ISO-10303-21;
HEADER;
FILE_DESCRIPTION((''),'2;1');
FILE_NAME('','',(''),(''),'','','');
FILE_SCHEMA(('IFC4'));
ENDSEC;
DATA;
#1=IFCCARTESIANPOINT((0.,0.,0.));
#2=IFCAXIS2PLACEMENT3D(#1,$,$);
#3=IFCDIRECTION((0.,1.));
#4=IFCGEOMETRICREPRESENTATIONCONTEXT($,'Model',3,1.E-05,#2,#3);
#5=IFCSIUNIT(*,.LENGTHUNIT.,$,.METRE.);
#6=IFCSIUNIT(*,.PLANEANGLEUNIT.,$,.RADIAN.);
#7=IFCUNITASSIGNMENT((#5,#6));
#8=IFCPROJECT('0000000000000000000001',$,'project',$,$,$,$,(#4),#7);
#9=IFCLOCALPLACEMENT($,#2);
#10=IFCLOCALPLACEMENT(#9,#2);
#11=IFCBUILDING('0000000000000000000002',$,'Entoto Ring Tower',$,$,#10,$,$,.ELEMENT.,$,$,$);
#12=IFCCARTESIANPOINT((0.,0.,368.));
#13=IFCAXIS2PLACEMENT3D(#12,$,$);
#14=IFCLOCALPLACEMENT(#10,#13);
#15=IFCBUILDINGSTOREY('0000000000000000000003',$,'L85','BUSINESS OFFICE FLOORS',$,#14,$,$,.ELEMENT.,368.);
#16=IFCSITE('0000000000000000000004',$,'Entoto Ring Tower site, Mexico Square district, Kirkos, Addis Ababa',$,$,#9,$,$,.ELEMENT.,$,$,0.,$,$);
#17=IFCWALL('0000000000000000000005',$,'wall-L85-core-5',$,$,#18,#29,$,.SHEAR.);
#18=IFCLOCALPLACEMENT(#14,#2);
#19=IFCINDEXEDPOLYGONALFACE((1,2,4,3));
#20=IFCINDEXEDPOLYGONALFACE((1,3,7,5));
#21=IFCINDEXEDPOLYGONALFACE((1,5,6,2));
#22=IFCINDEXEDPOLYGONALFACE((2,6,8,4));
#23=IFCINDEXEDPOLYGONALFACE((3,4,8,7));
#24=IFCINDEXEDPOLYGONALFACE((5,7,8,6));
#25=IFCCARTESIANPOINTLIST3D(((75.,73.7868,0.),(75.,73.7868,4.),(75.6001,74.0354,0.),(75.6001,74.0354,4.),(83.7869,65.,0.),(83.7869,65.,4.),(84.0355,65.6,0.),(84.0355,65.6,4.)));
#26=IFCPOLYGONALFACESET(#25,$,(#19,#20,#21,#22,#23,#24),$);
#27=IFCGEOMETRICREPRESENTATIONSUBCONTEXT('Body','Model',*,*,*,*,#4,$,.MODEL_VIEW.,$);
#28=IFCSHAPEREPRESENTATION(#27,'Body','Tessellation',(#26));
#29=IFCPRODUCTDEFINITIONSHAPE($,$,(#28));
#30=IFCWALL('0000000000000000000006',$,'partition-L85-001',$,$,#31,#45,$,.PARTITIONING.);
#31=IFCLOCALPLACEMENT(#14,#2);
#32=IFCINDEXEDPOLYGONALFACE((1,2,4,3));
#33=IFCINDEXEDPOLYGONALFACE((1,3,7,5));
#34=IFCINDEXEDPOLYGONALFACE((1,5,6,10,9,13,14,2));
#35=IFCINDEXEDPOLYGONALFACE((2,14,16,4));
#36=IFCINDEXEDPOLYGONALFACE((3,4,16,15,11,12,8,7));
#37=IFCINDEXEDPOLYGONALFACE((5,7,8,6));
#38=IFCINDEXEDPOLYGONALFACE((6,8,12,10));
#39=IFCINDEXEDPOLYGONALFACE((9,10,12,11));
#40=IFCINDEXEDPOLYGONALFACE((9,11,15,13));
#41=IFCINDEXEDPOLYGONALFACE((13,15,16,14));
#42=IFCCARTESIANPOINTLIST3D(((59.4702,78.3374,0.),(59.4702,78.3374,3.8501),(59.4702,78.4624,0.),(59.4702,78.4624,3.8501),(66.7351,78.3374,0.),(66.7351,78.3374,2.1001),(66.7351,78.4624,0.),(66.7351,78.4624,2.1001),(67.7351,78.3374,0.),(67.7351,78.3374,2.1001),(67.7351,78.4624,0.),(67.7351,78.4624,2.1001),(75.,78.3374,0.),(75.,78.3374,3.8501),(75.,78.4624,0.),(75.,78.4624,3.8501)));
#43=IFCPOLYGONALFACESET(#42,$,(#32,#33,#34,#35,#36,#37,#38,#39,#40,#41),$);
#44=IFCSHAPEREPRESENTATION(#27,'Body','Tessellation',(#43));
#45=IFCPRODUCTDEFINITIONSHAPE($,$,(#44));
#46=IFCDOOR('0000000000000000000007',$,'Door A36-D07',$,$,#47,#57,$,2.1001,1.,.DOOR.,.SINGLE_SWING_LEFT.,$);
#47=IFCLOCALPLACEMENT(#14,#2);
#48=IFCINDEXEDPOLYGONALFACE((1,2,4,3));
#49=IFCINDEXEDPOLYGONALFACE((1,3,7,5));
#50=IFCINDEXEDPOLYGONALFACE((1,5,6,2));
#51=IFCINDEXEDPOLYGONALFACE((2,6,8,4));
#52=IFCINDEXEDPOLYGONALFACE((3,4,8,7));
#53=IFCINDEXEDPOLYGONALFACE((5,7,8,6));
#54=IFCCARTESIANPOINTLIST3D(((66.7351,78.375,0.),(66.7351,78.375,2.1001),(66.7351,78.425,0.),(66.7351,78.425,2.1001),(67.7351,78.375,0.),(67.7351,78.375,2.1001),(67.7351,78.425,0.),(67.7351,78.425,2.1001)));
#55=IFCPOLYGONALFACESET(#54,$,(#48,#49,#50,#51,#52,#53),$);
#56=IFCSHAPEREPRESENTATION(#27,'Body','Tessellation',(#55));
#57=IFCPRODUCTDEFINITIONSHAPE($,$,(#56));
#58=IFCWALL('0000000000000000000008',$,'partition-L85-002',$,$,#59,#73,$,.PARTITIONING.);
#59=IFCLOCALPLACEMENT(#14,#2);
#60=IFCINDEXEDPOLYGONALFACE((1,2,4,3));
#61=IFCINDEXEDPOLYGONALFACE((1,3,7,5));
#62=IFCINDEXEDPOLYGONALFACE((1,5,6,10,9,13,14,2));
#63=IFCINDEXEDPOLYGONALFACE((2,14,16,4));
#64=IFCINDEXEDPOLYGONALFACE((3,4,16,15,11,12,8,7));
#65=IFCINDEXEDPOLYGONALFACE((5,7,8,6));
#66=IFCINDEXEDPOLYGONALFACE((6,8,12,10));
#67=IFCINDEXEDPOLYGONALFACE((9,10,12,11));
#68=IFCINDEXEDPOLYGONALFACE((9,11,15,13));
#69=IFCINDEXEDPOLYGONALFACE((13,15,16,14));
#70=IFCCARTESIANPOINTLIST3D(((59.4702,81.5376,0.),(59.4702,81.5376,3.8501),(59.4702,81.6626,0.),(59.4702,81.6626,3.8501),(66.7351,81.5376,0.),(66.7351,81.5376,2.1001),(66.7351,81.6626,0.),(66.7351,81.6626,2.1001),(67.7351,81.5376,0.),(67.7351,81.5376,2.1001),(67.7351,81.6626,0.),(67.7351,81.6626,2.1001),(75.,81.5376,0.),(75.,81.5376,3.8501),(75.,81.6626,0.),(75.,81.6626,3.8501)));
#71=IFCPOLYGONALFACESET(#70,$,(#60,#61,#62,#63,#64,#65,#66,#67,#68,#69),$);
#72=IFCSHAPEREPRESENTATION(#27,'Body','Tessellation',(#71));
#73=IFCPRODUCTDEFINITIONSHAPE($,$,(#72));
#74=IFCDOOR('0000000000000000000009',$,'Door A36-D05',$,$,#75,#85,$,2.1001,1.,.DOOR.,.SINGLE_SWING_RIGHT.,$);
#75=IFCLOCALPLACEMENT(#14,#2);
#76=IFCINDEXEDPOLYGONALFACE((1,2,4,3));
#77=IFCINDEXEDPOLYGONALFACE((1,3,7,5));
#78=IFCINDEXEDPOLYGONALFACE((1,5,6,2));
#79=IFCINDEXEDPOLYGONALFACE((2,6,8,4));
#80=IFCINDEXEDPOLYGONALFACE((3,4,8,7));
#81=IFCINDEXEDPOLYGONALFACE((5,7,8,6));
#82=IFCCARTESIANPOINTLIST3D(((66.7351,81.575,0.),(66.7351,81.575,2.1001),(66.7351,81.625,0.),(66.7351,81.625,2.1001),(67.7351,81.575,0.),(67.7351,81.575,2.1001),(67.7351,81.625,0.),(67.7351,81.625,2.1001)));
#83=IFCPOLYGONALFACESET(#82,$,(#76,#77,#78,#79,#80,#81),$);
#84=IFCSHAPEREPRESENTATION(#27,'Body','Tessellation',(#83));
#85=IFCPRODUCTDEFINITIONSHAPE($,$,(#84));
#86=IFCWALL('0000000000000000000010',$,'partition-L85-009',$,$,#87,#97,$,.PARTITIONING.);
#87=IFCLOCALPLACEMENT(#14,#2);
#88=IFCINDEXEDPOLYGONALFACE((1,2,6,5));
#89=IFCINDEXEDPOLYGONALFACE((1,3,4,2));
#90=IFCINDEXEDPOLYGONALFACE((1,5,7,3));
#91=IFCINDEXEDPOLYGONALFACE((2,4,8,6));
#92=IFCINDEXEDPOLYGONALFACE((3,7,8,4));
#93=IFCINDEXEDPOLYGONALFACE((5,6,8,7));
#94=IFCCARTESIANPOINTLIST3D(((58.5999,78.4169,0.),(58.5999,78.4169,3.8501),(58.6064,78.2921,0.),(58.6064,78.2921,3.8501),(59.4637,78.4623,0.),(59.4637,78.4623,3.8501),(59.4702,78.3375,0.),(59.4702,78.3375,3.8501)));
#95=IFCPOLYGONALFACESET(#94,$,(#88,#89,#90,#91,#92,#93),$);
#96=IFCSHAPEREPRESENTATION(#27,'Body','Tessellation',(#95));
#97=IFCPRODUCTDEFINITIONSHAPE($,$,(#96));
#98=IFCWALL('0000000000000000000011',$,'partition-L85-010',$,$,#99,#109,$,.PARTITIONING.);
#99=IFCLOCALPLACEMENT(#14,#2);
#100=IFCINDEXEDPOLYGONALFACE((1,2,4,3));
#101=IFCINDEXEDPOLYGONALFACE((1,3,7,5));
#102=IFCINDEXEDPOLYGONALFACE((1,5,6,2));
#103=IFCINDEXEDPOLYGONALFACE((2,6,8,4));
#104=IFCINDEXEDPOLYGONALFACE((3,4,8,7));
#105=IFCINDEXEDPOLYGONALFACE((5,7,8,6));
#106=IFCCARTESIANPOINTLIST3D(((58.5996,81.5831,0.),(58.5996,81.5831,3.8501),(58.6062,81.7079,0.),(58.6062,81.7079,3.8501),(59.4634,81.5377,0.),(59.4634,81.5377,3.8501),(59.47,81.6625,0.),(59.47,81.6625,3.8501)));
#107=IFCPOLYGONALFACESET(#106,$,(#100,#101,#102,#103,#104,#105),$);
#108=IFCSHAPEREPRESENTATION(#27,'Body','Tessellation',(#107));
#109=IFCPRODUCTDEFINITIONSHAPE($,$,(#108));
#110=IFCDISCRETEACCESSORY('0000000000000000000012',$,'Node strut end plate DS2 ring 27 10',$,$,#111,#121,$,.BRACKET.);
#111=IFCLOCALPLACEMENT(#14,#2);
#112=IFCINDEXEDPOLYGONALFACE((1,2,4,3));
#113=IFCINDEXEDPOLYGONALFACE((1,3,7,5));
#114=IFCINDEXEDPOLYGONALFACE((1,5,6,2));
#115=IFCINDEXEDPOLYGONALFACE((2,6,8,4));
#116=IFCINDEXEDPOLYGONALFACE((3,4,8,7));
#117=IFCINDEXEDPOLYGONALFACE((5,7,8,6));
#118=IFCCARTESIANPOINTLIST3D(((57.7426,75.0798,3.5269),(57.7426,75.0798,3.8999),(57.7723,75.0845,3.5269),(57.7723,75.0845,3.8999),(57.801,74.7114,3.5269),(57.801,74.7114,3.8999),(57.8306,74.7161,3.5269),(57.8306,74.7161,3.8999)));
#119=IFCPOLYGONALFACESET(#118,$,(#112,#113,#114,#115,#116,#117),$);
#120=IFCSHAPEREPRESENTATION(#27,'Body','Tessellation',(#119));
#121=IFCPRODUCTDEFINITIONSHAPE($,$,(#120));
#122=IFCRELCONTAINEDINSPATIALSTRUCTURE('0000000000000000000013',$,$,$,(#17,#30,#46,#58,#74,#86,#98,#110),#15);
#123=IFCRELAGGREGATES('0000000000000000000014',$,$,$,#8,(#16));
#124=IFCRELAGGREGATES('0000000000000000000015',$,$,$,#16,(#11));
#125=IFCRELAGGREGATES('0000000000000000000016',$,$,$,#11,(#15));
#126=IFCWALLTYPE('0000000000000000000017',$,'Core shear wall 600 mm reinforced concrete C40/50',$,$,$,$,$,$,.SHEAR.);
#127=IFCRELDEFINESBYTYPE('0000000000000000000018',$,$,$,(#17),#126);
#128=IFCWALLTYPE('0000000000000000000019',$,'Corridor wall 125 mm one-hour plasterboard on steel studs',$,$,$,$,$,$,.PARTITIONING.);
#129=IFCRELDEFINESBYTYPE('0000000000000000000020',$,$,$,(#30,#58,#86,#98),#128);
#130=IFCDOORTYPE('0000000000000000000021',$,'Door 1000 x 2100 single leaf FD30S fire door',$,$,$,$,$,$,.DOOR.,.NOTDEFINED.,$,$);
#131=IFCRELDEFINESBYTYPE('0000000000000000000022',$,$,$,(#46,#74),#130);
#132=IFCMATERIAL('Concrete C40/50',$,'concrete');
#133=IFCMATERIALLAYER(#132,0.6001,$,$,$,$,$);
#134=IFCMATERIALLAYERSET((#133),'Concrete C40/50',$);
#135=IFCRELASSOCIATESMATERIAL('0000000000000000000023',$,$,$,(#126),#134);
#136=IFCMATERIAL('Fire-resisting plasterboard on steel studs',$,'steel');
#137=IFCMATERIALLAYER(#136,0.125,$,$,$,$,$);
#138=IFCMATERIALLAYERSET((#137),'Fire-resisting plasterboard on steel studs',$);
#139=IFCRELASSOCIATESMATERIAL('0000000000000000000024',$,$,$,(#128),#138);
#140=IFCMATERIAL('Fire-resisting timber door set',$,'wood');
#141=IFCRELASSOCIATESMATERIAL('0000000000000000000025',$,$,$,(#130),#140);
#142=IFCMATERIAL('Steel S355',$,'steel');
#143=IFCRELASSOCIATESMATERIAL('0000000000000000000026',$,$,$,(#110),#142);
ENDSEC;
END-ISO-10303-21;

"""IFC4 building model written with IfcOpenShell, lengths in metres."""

from ifc_helpers import new_model, si_unit, direction, frame, frame_2d, origin, origin_2d, place, context, subcontext, project, spatial, polyline, rectangle, outline, extrude, material, layer, layer_set, type_object, element, fill, save


model = new_model("IFC4")

# Units and contexts
model_context = context("Model", 3, precision=1e-05, world=origin(), true_north=direction((0.0, 1.0)))
body_context = subcontext(model_context, "Body", "Model", "MODEL_VIEW")
ifc_project = project(units=[si_unit("LENGTHUNIT", "METRE"), si_unit("PLANEANGLEUNIT", "RADIAN")], contexts=[model_context])

# Site, building, storey
site_placement = place(None, origin())
site = spatial("IfcSite", under=ifc_project, at=site_placement, Name="Entoto Ring Tower site, Mexico Square district, Kirkos, Addis Ababa", CompositionType="ELEMENT", RefElevation=0.0)
building_placement = place(site_placement, origin())
building = spatial("IfcBuilding", under=site, at=building_placement, Name="Entoto Ring Tower", CompositionType="ELEMENT")
storey_placement = place(building_placement, frame((0.0, 0.0, 368.0)))
storey = spatial("IfcBuildingStorey", under=building, at=storey_placement, Name="L85", Description="BUSINESS OFFICE FLOORS", CompositionType="ELEMENT", Elevation=368.0)

# Wall
ifc_material_1 = material(Name="Concrete C40/50", Category="concrete")
ifc_layer_1 = layer(ifc_material_1, 0.6001)
ifc_layer_set_1 = layer_set([ifc_layer_1], Name="Concrete C40/50")
wall_type_1 = type_object("IfcWallType", Name="Core shear wall 600 mm reinforced concrete C40/50", PredefinedType="SHEAR", material=ifc_layer_set_1)
wall_1_placement = place(storey_placement, frame((75.3, 73.9111, 0.0), z_axis=(0.0, 0.0, 1.0), x_axis=(0.707107, -0.707107, 0.0)))
element("IfcWall", 1, at=wall_1_placement, inside=storey, type_object=wall_type_1, Name="wall-L85-core-5", PredefinedType="SHEAR", context=body_context, shape_type="SweptSolid", body=[
    extrude(outline(polyline([(-0.1243, -0.3), (12.3022, -0.3), (12.0537, 0.3), (0.1243, 0.3), (-0.1243, -0.3)])), origin(), (0.0, 0.0, 1.0), 4.0),
])

# Walls, openings, doors
ifc_material_2 = material(Name="Fire-resisting plasterboard on steel studs", Category="steel")
ifc_layer_2 = layer(ifc_material_2, 0.125)
ifc_layer_set_2 = layer_set([ifc_layer_2], Name="Fire-resisting plasterboard on steel studs")
wall_type_2 = type_object("IfcWallType", Name="Corridor wall 125 mm one-hour plasterboard on steel studs", PredefinedType="PARTITIONING", material=ifc_layer_set_2)
wall_2_placement = place(storey_placement, frame((59.4702, 78.3999, 0.0), z_axis=(0.0, 0.0, 1.0), x_axis=(1.0, 0.0, 0.0)))
wall_2 = element("IfcWall", 2, at=wall_2_placement, inside=storey, type_object=wall_type_2, Name="partition-L85-001", PredefinedType="PARTITIONING", context=body_context, shape_type="SweptSolid", body=[
    extrude(rectangle(XDim=15.5298, YDim=0.125, at=frame_2d((7.7649, 0.0))), origin(), (0.0, 0.0, 1.0), 3.8501),
])
opening_1_placement = place(wall_2_placement, frame((7.2649, 0.0, 0.0)))
opening_1 = element("IfcOpeningElement", 3, at=opening_1_placement, cuts=wall_2, PredefinedType="OPENING", context=body_context, shape_type="SweptSolid", body=[
    extrude(rectangle(XDim=1.0, YDim=2.1001, at=frame_2d((0.5, 1.05))), frame((0.0, 0.0725, 0.0), z_axis=(0.0, -1.0, 0.0), x_axis=(1.0, 0.0, 0.0)), (0.0, 0.0, 1.0), 0.145),
])
ifc_material_3 = material(Name="Fire-resisting timber door set", Category="wood")
door_type = type_object("IfcDoorType", Name="Door 1000 x 2100 single leaf FD30S fire door", OperationType="NOTDEFINED", PredefinedType="DOOR", material=ifc_material_3)
door_1_placement = place(opening_1_placement, frame((1.0, 0.0, 0.0), z_axis=(0.0, 0.0, 1.0), x_axis=(-1.0, 0.0, 0.0)))
door_1 = element("IfcDoor", 4, at=door_1_placement, inside=storey, type_object=door_type, Name="Door A36-D07", OperationType="SINGLE_SWING_LEFT", OverallHeight=2.1001, OverallWidth=1.0, PredefinedType="DOOR", context=body_context, shape_type="SweptSolid", body=[
    extrude(rectangle(XDim=1.0, YDim=2.1001, at=frame_2d((0.5, 1.05))), frame((0.0, 0.0249, 0.0), z_axis=(0.0, -1.0, 0.0), x_axis=(1.0, 0.0, 0.0)), (0.0, 0.0, 1.0), 0.05),
])
fill(opening_1, door_1)
wall_3_placement = place(storey_placement, frame((59.4702, 81.6001, 0.0), z_axis=(0.0, 0.0, 1.0), x_axis=(1.0, 0.0, 0.0)))
wall_3 = element("IfcWall", 5, at=wall_3_placement, inside=storey, type_object=wall_type_2, Name="partition-L85-002", PredefinedType="PARTITIONING", context=body_context, shape_type="SweptSolid", body=[
    extrude(rectangle(XDim=15.5298, YDim=0.125, at=frame_2d((7.7649, 0.0))), origin(), (0.0, 0.0, 1.0), 3.8501),
])
opening_2_placement = place(wall_3_placement, frame((7.2649, 0.0, 0.0)))
opening_2 = element("IfcOpeningElement", 6, at=opening_2_placement, cuts=wall_3, PredefinedType="OPENING", context=body_context, shape_type="SweptSolid", body=[
    extrude(rectangle(XDim=1.0, YDim=2.1001, at=frame_2d((0.5, 1.05))), frame((0.0, 0.0725, 0.0), z_axis=(0.0, -1.0, 0.0), x_axis=(1.0, 0.0, 0.0)), (0.0, 0.0, 1.0), 0.145),
])
door_2_placement = place(opening_2_placement, origin())
door_2 = element("IfcDoor", 7, at=door_2_placement, inside=storey, type_object=door_type, Name="Door A36-D05", OperationType="SINGLE_SWING_RIGHT", OverallHeight=2.1001, OverallWidth=1.0, PredefinedType="DOOR", context=body_context, shape_type="SweptSolid", body=[
    extrude(rectangle(XDim=1.0, YDim=2.1001, at=frame_2d((0.5, 1.05))), frame((0.0, 0.0249, 0.0), z_axis=(0.0, -1.0, 0.0), x_axis=(1.0, 0.0, 0.0)), (0.0, 0.0, 1.0), 0.05),
])
fill(opening_2, door_2)

# Walls
for number, where, z_axis, x_axis, name in (
    (8, (58.603, 78.3545, 0.0), (0.0, 0.0, 1.0), (0.998621, 0.0525, 0.0), "partition-L85-009"),
    (9, (59.4668, 81.6001, 0.0), (0.0, 0.0, 1.0), (-0.998621, 0.0525, 0.0), "partition-L85-010"),
):
    element("IfcWall", number, at=place(storey_placement, frame(where, z_axis=z_axis, x_axis=x_axis)), inside=storey, type_object=wall_type_2, Name=name, PredefinedType="PARTITIONING", context=body_context, shape_type="SweptSolid", body=[
        extrude(rectangle(XDim=0.865, YDim=0.125, at=frame_2d((0.4326, 0.0))), origin(), (0.0, 0.0, 1.0), 3.8501),
    ])

# Discrete accessory
ifc_material_4 = material(Name="Steel S355", Category="steel")
discrete_accessory_placement = place(storey_placement, frame((57.7866, 74.8979, 3.5269), z_axis=(0.0, 0.0, 1.0), x_axis=(-0.987688, -0.156434, 0.0)))
element("IfcDiscreteAccessory", 10, at=discrete_accessory_placement, inside=storey, material=ifc_material_4, Name="Node strut end plate DS2 ring 27 10", PredefinedType="BRACKET", context=body_context, shape_type="SweptSolid", body=[
    extrude(rectangle(XDim=0.03, YDim=0.373, at=origin_2d()), origin(), (0.0, 0.0, 1.0), 0.373),
])

save(model, "model.ifc")
